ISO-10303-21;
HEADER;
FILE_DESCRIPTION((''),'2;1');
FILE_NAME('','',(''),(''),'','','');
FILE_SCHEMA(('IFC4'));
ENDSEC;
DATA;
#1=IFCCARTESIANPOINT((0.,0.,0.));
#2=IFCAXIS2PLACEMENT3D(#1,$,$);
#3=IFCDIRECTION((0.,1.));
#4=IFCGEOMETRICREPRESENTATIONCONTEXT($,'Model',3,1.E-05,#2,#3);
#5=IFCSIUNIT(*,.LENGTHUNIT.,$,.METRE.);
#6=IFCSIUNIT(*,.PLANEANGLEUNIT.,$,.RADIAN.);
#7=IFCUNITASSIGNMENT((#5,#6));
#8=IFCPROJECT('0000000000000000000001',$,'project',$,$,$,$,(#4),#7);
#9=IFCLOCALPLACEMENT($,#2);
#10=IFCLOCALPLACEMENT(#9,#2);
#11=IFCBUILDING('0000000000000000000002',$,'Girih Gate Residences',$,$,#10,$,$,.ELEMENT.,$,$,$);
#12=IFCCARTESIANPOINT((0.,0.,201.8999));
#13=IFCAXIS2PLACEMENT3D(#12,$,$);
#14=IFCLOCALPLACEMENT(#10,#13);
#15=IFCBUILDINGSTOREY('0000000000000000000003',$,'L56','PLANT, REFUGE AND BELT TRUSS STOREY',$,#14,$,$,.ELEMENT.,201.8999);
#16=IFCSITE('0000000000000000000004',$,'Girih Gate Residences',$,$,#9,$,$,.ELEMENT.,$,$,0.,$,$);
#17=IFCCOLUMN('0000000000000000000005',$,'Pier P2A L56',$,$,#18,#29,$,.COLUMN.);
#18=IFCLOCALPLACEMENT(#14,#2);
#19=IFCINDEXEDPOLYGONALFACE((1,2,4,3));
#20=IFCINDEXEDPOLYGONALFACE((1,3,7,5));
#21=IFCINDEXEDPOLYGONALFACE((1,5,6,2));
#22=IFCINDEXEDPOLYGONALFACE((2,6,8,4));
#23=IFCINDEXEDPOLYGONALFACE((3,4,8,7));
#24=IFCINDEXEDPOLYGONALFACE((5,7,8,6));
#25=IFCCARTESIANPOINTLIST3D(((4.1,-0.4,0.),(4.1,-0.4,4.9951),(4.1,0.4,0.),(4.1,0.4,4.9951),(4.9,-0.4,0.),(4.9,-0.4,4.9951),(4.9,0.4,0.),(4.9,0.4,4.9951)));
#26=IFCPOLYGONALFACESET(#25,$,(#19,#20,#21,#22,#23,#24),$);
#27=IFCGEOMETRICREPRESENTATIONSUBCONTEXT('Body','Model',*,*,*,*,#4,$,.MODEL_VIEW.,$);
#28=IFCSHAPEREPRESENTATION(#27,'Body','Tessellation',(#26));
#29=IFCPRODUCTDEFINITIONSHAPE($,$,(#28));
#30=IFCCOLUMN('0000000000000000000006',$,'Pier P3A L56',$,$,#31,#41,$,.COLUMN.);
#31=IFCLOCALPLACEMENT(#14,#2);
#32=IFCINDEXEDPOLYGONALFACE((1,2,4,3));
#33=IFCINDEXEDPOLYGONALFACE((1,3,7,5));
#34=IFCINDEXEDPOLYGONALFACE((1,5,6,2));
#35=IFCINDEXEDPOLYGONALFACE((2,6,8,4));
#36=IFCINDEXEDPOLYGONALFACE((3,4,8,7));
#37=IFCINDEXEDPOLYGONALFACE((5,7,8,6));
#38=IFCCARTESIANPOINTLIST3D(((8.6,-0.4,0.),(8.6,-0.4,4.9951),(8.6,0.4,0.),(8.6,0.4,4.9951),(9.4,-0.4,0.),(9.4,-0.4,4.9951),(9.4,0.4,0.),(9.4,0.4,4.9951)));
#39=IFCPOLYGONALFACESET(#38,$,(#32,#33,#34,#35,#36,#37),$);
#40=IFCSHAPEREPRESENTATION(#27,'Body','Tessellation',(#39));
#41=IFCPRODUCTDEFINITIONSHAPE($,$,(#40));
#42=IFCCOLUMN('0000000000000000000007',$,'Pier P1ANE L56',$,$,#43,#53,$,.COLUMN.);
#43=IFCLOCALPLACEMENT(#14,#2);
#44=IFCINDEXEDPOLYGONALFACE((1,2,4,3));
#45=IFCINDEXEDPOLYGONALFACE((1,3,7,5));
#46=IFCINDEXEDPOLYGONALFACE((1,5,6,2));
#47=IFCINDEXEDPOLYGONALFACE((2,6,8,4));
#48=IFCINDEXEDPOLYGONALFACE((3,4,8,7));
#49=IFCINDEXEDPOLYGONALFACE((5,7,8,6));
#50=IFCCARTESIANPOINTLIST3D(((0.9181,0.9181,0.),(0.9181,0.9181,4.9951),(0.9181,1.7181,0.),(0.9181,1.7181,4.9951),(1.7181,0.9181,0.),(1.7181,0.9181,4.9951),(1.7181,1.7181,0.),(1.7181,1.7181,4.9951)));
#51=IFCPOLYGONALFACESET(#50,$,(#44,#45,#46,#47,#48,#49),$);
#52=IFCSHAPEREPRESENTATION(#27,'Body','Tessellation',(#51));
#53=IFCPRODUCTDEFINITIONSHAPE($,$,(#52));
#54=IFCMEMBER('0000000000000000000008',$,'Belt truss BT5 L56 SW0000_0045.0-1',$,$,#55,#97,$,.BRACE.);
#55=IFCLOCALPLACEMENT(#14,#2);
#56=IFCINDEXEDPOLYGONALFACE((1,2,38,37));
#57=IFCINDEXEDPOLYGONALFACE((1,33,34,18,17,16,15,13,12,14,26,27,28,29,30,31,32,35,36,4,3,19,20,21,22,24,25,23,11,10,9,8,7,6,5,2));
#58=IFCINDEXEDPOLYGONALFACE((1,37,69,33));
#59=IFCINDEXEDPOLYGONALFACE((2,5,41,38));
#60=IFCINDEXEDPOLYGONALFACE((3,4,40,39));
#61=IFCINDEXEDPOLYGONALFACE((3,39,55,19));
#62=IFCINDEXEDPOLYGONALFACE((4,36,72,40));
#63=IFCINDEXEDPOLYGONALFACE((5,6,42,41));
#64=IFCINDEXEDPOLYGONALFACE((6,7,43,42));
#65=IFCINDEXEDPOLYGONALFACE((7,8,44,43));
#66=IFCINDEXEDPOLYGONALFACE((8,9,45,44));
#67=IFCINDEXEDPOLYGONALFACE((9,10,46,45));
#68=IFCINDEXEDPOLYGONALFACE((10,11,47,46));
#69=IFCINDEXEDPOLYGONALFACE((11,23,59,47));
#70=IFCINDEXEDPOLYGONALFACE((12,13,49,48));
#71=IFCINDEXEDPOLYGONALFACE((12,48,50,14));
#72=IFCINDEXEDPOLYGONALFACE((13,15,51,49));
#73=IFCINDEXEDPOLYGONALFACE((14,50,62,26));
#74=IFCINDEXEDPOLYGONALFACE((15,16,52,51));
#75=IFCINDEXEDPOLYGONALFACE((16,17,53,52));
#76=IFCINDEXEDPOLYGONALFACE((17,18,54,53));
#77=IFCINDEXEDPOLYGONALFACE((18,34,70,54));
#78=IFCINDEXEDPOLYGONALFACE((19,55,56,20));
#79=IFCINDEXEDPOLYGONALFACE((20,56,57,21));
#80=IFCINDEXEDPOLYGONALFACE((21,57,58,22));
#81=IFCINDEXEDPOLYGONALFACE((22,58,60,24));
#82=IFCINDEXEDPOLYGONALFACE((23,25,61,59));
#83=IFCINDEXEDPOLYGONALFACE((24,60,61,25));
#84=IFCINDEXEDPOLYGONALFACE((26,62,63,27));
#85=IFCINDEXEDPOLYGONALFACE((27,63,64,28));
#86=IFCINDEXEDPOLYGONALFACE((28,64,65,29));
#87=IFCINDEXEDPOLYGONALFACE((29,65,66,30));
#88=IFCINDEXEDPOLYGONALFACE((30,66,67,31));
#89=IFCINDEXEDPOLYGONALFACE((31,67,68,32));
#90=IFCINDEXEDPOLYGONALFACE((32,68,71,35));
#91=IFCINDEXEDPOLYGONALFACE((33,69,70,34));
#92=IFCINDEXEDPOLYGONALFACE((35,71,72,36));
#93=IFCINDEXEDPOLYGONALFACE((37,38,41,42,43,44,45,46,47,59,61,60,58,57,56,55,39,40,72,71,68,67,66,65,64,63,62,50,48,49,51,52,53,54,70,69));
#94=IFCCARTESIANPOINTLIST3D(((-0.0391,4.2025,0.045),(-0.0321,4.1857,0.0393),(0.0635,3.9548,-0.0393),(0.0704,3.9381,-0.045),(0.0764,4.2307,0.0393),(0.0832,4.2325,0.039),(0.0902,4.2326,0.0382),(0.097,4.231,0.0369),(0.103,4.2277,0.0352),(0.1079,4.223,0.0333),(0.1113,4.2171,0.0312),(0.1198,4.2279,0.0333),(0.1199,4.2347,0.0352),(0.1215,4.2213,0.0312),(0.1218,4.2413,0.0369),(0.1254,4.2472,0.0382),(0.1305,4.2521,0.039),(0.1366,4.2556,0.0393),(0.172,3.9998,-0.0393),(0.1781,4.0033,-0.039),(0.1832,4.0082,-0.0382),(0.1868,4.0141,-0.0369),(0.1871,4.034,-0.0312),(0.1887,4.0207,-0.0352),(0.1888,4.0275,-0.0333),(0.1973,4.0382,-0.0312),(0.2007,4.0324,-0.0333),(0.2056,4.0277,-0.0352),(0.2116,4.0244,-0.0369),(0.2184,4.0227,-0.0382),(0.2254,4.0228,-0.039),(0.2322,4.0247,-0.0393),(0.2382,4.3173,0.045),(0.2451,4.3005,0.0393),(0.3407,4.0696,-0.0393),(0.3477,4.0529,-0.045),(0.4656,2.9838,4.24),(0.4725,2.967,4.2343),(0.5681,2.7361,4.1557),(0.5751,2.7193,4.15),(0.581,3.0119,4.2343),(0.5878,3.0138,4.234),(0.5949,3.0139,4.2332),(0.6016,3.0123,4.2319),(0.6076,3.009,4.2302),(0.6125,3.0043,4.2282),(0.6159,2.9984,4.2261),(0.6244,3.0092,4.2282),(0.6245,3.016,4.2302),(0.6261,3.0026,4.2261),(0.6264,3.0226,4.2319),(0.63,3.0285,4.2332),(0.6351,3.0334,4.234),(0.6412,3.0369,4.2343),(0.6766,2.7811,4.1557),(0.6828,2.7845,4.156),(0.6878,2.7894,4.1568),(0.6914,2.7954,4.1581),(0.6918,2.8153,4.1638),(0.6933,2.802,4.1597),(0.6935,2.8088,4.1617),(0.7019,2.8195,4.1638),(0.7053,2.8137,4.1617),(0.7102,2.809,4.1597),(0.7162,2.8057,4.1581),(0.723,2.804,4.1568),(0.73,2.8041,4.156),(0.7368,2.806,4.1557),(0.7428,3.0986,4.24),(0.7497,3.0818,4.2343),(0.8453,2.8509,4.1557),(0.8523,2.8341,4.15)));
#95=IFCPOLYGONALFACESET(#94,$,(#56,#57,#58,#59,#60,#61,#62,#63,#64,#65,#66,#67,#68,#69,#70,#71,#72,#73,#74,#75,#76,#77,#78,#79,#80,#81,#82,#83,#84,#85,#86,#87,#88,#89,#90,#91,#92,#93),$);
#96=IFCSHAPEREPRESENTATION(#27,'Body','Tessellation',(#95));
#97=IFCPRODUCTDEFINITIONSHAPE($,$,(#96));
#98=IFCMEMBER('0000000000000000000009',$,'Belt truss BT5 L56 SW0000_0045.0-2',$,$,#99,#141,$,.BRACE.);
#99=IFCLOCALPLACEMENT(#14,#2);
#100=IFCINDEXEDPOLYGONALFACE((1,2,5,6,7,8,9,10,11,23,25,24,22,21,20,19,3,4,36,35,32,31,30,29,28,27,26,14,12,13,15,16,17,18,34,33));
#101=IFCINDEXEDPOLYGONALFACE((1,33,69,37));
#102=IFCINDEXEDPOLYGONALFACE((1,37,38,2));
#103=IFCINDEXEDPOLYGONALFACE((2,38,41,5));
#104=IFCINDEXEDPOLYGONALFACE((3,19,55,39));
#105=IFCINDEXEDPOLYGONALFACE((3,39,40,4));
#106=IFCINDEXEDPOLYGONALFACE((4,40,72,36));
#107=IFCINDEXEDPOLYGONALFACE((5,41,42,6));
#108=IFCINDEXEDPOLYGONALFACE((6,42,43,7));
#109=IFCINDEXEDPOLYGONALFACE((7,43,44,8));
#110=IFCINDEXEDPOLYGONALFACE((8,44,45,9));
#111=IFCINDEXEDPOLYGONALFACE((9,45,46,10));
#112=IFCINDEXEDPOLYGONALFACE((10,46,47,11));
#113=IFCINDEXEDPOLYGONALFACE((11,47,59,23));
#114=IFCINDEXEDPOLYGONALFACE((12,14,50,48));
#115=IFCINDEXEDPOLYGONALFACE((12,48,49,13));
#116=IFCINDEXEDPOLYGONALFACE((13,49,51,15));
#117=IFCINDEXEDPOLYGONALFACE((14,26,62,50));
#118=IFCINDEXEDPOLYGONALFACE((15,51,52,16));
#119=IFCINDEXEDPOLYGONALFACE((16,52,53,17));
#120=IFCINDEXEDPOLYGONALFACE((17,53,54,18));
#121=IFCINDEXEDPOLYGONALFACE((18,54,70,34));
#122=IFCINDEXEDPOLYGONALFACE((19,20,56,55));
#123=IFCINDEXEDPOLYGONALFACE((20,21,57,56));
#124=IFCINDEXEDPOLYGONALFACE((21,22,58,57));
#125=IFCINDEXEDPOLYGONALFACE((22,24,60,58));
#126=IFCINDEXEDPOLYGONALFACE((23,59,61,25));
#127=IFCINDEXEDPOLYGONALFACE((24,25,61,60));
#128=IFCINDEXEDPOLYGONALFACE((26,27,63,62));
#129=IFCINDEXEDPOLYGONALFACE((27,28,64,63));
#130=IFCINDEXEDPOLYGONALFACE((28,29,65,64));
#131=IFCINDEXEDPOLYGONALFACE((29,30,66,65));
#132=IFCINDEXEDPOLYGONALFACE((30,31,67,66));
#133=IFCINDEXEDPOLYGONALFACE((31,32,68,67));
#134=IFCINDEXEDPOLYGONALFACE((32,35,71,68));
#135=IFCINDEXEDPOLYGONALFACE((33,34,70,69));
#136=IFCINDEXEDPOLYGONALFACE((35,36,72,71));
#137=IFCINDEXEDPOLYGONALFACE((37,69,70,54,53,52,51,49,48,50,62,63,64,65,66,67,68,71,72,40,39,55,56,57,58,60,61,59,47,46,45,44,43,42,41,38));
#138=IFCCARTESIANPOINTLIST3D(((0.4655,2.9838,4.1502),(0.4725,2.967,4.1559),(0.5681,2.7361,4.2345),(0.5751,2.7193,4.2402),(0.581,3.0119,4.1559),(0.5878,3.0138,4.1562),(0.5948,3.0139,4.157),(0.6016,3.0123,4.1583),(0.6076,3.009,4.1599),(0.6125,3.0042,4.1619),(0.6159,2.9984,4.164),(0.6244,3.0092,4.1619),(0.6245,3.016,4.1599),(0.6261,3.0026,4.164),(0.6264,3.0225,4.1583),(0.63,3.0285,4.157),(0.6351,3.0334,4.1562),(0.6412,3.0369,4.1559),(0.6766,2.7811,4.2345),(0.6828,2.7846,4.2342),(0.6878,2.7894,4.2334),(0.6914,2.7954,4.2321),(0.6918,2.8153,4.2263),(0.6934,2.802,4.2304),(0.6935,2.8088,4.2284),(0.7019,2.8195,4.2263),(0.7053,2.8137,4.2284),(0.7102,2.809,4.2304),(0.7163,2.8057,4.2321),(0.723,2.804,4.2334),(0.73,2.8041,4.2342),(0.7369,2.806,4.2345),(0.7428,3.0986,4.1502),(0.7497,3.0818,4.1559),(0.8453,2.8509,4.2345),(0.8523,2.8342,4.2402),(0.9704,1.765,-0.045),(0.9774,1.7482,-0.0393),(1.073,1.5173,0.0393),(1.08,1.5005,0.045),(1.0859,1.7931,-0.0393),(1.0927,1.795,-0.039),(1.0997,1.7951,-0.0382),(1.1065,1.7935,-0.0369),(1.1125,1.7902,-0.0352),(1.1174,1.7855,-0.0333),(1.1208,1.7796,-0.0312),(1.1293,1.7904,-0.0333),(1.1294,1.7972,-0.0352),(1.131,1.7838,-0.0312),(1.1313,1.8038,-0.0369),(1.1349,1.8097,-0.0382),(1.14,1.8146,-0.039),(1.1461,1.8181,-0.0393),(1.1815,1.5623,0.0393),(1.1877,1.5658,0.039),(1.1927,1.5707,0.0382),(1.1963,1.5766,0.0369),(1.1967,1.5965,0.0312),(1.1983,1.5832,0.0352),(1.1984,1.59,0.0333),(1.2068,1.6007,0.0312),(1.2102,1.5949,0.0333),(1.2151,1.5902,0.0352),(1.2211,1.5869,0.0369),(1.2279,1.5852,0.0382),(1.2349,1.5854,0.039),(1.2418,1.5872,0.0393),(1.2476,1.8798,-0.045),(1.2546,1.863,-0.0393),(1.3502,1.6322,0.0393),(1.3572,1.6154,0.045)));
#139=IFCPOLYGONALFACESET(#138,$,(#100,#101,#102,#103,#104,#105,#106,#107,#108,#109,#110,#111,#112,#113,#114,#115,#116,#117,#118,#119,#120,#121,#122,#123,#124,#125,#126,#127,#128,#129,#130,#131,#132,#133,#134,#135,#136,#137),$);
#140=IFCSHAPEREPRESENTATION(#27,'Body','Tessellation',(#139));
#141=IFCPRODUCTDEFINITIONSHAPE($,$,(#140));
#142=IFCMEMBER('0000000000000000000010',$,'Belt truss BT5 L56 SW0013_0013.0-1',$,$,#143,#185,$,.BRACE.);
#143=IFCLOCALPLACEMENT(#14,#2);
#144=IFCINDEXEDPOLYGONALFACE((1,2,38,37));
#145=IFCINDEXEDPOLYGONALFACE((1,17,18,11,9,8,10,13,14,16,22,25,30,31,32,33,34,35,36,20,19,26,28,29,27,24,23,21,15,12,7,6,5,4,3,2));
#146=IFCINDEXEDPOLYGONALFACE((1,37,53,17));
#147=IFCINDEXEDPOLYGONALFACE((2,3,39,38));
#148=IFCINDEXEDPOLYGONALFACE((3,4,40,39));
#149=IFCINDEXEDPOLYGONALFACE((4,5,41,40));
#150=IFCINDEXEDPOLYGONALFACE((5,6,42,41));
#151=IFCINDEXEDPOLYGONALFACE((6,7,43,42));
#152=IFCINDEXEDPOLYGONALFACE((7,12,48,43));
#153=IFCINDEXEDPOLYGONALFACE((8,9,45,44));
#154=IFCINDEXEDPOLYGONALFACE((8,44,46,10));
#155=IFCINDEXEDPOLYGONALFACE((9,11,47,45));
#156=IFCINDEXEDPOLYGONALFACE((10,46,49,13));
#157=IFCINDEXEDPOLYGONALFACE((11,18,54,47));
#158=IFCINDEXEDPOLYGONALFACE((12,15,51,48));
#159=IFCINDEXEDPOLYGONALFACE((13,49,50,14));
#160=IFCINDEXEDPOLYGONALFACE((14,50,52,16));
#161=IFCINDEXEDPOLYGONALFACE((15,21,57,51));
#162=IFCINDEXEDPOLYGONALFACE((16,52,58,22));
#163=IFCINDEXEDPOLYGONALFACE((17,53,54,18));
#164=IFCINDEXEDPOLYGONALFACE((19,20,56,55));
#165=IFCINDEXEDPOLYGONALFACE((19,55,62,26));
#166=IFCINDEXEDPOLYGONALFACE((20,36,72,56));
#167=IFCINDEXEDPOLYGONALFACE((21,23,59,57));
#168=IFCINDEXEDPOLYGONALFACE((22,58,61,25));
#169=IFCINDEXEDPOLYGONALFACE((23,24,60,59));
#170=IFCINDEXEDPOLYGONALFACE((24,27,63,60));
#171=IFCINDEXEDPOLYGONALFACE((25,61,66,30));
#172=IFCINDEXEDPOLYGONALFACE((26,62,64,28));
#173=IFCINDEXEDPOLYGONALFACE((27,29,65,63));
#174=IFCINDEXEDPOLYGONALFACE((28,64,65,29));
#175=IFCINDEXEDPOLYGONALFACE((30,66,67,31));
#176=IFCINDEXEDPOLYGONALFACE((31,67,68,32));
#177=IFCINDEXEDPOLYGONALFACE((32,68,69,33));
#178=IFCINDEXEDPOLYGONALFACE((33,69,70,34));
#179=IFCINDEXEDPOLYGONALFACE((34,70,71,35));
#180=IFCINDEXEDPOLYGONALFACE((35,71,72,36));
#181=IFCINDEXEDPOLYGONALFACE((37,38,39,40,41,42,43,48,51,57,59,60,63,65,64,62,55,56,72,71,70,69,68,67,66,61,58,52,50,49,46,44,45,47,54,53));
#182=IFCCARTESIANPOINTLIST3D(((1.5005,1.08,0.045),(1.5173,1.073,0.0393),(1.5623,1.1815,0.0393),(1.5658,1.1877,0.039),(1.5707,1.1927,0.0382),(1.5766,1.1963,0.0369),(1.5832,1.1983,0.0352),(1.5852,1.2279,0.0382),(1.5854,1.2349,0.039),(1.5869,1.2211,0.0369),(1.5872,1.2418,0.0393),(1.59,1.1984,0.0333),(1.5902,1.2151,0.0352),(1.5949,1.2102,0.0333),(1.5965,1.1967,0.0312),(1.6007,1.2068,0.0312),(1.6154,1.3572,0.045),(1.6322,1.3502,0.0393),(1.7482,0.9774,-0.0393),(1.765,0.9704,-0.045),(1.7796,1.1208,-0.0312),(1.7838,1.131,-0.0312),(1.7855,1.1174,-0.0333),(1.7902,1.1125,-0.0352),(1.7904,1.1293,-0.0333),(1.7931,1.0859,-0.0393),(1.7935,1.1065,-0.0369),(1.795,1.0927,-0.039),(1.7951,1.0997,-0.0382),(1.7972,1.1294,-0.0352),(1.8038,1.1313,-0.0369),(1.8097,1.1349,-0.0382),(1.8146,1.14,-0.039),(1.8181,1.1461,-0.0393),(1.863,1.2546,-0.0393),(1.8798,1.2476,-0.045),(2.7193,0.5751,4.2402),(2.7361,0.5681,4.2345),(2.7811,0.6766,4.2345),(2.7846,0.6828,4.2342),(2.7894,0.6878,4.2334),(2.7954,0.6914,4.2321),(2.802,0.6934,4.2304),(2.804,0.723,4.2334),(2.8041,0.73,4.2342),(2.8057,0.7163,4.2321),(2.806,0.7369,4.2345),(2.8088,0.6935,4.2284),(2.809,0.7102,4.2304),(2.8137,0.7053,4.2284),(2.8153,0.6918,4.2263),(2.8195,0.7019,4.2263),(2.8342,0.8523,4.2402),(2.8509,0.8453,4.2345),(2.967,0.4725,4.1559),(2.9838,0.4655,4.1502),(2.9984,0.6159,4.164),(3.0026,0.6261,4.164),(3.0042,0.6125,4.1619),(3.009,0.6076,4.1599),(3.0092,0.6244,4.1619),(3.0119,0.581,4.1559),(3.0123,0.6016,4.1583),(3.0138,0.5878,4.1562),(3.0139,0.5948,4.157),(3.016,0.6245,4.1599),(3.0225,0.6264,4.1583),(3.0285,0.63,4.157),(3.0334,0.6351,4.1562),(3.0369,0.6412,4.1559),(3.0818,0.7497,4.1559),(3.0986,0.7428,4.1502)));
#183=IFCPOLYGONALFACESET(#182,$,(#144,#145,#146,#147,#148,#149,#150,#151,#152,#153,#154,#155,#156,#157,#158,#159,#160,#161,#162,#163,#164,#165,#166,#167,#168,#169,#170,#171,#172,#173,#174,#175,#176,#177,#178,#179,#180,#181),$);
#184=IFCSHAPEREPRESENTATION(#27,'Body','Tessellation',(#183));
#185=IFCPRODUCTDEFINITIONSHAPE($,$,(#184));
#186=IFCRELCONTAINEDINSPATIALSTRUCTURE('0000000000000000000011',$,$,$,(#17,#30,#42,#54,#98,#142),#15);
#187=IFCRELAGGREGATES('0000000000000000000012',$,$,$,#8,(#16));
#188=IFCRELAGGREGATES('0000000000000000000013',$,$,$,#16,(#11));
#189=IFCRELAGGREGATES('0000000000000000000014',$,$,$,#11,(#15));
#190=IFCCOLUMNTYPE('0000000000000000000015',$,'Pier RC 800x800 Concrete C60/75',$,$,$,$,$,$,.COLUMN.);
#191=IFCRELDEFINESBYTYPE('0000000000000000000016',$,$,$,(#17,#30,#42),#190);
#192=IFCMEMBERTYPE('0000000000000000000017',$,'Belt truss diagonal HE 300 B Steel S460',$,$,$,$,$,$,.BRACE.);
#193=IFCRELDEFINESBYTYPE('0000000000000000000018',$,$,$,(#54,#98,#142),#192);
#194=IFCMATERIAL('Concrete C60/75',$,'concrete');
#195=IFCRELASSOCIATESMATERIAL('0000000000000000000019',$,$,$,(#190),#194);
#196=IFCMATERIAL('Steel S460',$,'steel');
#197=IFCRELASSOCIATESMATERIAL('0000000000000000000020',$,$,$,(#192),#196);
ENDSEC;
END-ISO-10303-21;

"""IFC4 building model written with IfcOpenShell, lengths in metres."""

from ifc_helpers import new_model, si_unit, direction, frame, origin, origin_2d, place, context, subcontext, project, spatial, rectangle, i_section, extrude, material, material_profile, profile_set, type_object, element, save


model = new_model("IFC4")

# Units and contexts
model_context = context("Model", 3, precision=1e-05, world=origin(), true_north=direction((0.0, 1.0)))
body_context = subcontext(model_context, "Body", "Model", "MODEL_VIEW")
ifc_project = project(units=[si_unit("LENGTHUNIT", "METRE"), si_unit("PLANEANGLEUNIT", "RADIAN")], contexts=[model_context])

# Site, building, storey
site_placement = place(None, origin())
site = spatial("IfcSite", under=ifc_project, at=site_placement, Name="Girih Gate Residences", CompositionType="ELEMENT", RefElevation=0.0)
building_placement = place(site_placement, origin())
building = spatial("IfcBuilding", under=site, at=building_placement, Name="Girih Gate Residences", CompositionType="ELEMENT")
storey_placement = place(building_placement, frame((0.0, 0.0, 201.8999)))
storey = spatial("IfcBuildingStorey", under=building, at=storey_placement, Name="L56", Description="PLANT, REFUGE AND BELT TRUSS STOREY", CompositionType="ELEMENT", Elevation=201.8999)

# Columns
ifc_material_1 = material(Name="Concrete C60/75", Category="concrete")
ifc_material_profile_1 = material_profile(ifc_material_1, rectangle(XDim=0.8, YDim=0.8, at=origin_2d()))
ifc_profile_set_1 = profile_set([ifc_material_profile_1], Name="Concrete C60/75")
column_type = type_object("IfcColumnType", Name="Pier RC 800x800 Concrete C60/75", PredefinedType="COLUMN", material=ifc_profile_set_1)
for number, where, z_axis, x_axis, name in (
    (1, (4.5, 0.0, 0.0), (0.0, 0.0, 1.0), (1.0, 0.0, 0.0), "Pier P2A L56"),
    (2, (9.0, 0.0, 0.0), (0.0, 0.0, 1.0), (1.0, 0.0, 0.0), "Pier P3A L56"),
    (3, (1.3181, 1.3181, 0.0), (0.0, 0.0, 1.0), (1.0, 0.0, 0.0), "Pier P1ANE L56"),
):
    element("IfcColumn", number, at=place(storey_placement, frame(where, z_axis=z_axis, x_axis=x_axis)), inside=storey, type_object=column_type, Name=name, PredefinedType="COLUMN", context=body_context, shape_type="SweptSolid", body=[
        extrude(rectangle(XDim=0.8, YDim=0.8, at=origin_2d()), origin(), (0.0, 0.0, 1.0), 4.9951),
    ])

# Members
ifc_material_2 = material(Name="Steel S460", Category="steel")
ifc_material_profile_2 = material_profile(ifc_material_2, i_section(OverallWidth=0.3, OverallDepth=0.3, WebThickness=0.011, FlangeThickness=0.019, FilletRadius=0.0271, at=origin_2d()))
ifc_profile_set_2 = profile_set([ifc_material_profile_2], Name="Steel S460")
member_type_1 = type_object("IfcMemberType", Name="Belt truss diagonal HE 300 B Steel S460", PredefinedType="BRACE", material=ifc_profile_set_2)
member_1_placement = place(storey_placement, frame((0.1543, 4.1277, 0.0), z_axis=(0.114754, -0.277142, 0.953952), x_axis=(0.923929, 0.382564, 0.0)))
element("IfcMember", 4, at=member_1_placement, inside=storey, type_object=member_type_1, Name="Belt truss BT5 L56 SW0000_0045.0-1", PredefinedType="BRACE", context=body_context, shape_type="SweptSolid", body=[
    extrude(i_section(OverallWidth=0.3, OverallDepth=0.3, WebThickness=0.011, FlangeThickness=0.019, FilletRadius=0.0271, at=origin_2d()), origin(), (0.0, 0.0, 1.0), 4.3975),
])
for number, where, z_axis, x_axis, name in (
    (5, (1.1638, 1.6902, 0.0), (-0.114809, 0.27714, 0.953946), (-0.923863, -0.382722, 0.0), "Belt truss BT5 L56 SW0000_0045.0-2"),
    (6, (1.6902, 1.1638, 0.0), (0.27714, -0.114809, 0.953946), (0.382722, 0.923863, 0.0), "Belt truss BT5 L56 SW0013_0013.0-1"),
):
    element("IfcMember", number, at=place(storey_placement, frame(where, z_axis=z_axis, x_axis=x_axis)), inside=storey, type_object=member_type_1, Name=name, PredefinedType="BRACE", context=body_context, shape_type="SweptSolid", body=[
        extrude(i_section(OverallWidth=0.3, OverallDepth=0.3, WebThickness=0.011, FlangeThickness=0.019, FilletRadius=0.0271, at=origin_2d()), origin(), (0.0, 0.0, 1.0), 4.3977),
    ])

save(model, "model.ifc")
